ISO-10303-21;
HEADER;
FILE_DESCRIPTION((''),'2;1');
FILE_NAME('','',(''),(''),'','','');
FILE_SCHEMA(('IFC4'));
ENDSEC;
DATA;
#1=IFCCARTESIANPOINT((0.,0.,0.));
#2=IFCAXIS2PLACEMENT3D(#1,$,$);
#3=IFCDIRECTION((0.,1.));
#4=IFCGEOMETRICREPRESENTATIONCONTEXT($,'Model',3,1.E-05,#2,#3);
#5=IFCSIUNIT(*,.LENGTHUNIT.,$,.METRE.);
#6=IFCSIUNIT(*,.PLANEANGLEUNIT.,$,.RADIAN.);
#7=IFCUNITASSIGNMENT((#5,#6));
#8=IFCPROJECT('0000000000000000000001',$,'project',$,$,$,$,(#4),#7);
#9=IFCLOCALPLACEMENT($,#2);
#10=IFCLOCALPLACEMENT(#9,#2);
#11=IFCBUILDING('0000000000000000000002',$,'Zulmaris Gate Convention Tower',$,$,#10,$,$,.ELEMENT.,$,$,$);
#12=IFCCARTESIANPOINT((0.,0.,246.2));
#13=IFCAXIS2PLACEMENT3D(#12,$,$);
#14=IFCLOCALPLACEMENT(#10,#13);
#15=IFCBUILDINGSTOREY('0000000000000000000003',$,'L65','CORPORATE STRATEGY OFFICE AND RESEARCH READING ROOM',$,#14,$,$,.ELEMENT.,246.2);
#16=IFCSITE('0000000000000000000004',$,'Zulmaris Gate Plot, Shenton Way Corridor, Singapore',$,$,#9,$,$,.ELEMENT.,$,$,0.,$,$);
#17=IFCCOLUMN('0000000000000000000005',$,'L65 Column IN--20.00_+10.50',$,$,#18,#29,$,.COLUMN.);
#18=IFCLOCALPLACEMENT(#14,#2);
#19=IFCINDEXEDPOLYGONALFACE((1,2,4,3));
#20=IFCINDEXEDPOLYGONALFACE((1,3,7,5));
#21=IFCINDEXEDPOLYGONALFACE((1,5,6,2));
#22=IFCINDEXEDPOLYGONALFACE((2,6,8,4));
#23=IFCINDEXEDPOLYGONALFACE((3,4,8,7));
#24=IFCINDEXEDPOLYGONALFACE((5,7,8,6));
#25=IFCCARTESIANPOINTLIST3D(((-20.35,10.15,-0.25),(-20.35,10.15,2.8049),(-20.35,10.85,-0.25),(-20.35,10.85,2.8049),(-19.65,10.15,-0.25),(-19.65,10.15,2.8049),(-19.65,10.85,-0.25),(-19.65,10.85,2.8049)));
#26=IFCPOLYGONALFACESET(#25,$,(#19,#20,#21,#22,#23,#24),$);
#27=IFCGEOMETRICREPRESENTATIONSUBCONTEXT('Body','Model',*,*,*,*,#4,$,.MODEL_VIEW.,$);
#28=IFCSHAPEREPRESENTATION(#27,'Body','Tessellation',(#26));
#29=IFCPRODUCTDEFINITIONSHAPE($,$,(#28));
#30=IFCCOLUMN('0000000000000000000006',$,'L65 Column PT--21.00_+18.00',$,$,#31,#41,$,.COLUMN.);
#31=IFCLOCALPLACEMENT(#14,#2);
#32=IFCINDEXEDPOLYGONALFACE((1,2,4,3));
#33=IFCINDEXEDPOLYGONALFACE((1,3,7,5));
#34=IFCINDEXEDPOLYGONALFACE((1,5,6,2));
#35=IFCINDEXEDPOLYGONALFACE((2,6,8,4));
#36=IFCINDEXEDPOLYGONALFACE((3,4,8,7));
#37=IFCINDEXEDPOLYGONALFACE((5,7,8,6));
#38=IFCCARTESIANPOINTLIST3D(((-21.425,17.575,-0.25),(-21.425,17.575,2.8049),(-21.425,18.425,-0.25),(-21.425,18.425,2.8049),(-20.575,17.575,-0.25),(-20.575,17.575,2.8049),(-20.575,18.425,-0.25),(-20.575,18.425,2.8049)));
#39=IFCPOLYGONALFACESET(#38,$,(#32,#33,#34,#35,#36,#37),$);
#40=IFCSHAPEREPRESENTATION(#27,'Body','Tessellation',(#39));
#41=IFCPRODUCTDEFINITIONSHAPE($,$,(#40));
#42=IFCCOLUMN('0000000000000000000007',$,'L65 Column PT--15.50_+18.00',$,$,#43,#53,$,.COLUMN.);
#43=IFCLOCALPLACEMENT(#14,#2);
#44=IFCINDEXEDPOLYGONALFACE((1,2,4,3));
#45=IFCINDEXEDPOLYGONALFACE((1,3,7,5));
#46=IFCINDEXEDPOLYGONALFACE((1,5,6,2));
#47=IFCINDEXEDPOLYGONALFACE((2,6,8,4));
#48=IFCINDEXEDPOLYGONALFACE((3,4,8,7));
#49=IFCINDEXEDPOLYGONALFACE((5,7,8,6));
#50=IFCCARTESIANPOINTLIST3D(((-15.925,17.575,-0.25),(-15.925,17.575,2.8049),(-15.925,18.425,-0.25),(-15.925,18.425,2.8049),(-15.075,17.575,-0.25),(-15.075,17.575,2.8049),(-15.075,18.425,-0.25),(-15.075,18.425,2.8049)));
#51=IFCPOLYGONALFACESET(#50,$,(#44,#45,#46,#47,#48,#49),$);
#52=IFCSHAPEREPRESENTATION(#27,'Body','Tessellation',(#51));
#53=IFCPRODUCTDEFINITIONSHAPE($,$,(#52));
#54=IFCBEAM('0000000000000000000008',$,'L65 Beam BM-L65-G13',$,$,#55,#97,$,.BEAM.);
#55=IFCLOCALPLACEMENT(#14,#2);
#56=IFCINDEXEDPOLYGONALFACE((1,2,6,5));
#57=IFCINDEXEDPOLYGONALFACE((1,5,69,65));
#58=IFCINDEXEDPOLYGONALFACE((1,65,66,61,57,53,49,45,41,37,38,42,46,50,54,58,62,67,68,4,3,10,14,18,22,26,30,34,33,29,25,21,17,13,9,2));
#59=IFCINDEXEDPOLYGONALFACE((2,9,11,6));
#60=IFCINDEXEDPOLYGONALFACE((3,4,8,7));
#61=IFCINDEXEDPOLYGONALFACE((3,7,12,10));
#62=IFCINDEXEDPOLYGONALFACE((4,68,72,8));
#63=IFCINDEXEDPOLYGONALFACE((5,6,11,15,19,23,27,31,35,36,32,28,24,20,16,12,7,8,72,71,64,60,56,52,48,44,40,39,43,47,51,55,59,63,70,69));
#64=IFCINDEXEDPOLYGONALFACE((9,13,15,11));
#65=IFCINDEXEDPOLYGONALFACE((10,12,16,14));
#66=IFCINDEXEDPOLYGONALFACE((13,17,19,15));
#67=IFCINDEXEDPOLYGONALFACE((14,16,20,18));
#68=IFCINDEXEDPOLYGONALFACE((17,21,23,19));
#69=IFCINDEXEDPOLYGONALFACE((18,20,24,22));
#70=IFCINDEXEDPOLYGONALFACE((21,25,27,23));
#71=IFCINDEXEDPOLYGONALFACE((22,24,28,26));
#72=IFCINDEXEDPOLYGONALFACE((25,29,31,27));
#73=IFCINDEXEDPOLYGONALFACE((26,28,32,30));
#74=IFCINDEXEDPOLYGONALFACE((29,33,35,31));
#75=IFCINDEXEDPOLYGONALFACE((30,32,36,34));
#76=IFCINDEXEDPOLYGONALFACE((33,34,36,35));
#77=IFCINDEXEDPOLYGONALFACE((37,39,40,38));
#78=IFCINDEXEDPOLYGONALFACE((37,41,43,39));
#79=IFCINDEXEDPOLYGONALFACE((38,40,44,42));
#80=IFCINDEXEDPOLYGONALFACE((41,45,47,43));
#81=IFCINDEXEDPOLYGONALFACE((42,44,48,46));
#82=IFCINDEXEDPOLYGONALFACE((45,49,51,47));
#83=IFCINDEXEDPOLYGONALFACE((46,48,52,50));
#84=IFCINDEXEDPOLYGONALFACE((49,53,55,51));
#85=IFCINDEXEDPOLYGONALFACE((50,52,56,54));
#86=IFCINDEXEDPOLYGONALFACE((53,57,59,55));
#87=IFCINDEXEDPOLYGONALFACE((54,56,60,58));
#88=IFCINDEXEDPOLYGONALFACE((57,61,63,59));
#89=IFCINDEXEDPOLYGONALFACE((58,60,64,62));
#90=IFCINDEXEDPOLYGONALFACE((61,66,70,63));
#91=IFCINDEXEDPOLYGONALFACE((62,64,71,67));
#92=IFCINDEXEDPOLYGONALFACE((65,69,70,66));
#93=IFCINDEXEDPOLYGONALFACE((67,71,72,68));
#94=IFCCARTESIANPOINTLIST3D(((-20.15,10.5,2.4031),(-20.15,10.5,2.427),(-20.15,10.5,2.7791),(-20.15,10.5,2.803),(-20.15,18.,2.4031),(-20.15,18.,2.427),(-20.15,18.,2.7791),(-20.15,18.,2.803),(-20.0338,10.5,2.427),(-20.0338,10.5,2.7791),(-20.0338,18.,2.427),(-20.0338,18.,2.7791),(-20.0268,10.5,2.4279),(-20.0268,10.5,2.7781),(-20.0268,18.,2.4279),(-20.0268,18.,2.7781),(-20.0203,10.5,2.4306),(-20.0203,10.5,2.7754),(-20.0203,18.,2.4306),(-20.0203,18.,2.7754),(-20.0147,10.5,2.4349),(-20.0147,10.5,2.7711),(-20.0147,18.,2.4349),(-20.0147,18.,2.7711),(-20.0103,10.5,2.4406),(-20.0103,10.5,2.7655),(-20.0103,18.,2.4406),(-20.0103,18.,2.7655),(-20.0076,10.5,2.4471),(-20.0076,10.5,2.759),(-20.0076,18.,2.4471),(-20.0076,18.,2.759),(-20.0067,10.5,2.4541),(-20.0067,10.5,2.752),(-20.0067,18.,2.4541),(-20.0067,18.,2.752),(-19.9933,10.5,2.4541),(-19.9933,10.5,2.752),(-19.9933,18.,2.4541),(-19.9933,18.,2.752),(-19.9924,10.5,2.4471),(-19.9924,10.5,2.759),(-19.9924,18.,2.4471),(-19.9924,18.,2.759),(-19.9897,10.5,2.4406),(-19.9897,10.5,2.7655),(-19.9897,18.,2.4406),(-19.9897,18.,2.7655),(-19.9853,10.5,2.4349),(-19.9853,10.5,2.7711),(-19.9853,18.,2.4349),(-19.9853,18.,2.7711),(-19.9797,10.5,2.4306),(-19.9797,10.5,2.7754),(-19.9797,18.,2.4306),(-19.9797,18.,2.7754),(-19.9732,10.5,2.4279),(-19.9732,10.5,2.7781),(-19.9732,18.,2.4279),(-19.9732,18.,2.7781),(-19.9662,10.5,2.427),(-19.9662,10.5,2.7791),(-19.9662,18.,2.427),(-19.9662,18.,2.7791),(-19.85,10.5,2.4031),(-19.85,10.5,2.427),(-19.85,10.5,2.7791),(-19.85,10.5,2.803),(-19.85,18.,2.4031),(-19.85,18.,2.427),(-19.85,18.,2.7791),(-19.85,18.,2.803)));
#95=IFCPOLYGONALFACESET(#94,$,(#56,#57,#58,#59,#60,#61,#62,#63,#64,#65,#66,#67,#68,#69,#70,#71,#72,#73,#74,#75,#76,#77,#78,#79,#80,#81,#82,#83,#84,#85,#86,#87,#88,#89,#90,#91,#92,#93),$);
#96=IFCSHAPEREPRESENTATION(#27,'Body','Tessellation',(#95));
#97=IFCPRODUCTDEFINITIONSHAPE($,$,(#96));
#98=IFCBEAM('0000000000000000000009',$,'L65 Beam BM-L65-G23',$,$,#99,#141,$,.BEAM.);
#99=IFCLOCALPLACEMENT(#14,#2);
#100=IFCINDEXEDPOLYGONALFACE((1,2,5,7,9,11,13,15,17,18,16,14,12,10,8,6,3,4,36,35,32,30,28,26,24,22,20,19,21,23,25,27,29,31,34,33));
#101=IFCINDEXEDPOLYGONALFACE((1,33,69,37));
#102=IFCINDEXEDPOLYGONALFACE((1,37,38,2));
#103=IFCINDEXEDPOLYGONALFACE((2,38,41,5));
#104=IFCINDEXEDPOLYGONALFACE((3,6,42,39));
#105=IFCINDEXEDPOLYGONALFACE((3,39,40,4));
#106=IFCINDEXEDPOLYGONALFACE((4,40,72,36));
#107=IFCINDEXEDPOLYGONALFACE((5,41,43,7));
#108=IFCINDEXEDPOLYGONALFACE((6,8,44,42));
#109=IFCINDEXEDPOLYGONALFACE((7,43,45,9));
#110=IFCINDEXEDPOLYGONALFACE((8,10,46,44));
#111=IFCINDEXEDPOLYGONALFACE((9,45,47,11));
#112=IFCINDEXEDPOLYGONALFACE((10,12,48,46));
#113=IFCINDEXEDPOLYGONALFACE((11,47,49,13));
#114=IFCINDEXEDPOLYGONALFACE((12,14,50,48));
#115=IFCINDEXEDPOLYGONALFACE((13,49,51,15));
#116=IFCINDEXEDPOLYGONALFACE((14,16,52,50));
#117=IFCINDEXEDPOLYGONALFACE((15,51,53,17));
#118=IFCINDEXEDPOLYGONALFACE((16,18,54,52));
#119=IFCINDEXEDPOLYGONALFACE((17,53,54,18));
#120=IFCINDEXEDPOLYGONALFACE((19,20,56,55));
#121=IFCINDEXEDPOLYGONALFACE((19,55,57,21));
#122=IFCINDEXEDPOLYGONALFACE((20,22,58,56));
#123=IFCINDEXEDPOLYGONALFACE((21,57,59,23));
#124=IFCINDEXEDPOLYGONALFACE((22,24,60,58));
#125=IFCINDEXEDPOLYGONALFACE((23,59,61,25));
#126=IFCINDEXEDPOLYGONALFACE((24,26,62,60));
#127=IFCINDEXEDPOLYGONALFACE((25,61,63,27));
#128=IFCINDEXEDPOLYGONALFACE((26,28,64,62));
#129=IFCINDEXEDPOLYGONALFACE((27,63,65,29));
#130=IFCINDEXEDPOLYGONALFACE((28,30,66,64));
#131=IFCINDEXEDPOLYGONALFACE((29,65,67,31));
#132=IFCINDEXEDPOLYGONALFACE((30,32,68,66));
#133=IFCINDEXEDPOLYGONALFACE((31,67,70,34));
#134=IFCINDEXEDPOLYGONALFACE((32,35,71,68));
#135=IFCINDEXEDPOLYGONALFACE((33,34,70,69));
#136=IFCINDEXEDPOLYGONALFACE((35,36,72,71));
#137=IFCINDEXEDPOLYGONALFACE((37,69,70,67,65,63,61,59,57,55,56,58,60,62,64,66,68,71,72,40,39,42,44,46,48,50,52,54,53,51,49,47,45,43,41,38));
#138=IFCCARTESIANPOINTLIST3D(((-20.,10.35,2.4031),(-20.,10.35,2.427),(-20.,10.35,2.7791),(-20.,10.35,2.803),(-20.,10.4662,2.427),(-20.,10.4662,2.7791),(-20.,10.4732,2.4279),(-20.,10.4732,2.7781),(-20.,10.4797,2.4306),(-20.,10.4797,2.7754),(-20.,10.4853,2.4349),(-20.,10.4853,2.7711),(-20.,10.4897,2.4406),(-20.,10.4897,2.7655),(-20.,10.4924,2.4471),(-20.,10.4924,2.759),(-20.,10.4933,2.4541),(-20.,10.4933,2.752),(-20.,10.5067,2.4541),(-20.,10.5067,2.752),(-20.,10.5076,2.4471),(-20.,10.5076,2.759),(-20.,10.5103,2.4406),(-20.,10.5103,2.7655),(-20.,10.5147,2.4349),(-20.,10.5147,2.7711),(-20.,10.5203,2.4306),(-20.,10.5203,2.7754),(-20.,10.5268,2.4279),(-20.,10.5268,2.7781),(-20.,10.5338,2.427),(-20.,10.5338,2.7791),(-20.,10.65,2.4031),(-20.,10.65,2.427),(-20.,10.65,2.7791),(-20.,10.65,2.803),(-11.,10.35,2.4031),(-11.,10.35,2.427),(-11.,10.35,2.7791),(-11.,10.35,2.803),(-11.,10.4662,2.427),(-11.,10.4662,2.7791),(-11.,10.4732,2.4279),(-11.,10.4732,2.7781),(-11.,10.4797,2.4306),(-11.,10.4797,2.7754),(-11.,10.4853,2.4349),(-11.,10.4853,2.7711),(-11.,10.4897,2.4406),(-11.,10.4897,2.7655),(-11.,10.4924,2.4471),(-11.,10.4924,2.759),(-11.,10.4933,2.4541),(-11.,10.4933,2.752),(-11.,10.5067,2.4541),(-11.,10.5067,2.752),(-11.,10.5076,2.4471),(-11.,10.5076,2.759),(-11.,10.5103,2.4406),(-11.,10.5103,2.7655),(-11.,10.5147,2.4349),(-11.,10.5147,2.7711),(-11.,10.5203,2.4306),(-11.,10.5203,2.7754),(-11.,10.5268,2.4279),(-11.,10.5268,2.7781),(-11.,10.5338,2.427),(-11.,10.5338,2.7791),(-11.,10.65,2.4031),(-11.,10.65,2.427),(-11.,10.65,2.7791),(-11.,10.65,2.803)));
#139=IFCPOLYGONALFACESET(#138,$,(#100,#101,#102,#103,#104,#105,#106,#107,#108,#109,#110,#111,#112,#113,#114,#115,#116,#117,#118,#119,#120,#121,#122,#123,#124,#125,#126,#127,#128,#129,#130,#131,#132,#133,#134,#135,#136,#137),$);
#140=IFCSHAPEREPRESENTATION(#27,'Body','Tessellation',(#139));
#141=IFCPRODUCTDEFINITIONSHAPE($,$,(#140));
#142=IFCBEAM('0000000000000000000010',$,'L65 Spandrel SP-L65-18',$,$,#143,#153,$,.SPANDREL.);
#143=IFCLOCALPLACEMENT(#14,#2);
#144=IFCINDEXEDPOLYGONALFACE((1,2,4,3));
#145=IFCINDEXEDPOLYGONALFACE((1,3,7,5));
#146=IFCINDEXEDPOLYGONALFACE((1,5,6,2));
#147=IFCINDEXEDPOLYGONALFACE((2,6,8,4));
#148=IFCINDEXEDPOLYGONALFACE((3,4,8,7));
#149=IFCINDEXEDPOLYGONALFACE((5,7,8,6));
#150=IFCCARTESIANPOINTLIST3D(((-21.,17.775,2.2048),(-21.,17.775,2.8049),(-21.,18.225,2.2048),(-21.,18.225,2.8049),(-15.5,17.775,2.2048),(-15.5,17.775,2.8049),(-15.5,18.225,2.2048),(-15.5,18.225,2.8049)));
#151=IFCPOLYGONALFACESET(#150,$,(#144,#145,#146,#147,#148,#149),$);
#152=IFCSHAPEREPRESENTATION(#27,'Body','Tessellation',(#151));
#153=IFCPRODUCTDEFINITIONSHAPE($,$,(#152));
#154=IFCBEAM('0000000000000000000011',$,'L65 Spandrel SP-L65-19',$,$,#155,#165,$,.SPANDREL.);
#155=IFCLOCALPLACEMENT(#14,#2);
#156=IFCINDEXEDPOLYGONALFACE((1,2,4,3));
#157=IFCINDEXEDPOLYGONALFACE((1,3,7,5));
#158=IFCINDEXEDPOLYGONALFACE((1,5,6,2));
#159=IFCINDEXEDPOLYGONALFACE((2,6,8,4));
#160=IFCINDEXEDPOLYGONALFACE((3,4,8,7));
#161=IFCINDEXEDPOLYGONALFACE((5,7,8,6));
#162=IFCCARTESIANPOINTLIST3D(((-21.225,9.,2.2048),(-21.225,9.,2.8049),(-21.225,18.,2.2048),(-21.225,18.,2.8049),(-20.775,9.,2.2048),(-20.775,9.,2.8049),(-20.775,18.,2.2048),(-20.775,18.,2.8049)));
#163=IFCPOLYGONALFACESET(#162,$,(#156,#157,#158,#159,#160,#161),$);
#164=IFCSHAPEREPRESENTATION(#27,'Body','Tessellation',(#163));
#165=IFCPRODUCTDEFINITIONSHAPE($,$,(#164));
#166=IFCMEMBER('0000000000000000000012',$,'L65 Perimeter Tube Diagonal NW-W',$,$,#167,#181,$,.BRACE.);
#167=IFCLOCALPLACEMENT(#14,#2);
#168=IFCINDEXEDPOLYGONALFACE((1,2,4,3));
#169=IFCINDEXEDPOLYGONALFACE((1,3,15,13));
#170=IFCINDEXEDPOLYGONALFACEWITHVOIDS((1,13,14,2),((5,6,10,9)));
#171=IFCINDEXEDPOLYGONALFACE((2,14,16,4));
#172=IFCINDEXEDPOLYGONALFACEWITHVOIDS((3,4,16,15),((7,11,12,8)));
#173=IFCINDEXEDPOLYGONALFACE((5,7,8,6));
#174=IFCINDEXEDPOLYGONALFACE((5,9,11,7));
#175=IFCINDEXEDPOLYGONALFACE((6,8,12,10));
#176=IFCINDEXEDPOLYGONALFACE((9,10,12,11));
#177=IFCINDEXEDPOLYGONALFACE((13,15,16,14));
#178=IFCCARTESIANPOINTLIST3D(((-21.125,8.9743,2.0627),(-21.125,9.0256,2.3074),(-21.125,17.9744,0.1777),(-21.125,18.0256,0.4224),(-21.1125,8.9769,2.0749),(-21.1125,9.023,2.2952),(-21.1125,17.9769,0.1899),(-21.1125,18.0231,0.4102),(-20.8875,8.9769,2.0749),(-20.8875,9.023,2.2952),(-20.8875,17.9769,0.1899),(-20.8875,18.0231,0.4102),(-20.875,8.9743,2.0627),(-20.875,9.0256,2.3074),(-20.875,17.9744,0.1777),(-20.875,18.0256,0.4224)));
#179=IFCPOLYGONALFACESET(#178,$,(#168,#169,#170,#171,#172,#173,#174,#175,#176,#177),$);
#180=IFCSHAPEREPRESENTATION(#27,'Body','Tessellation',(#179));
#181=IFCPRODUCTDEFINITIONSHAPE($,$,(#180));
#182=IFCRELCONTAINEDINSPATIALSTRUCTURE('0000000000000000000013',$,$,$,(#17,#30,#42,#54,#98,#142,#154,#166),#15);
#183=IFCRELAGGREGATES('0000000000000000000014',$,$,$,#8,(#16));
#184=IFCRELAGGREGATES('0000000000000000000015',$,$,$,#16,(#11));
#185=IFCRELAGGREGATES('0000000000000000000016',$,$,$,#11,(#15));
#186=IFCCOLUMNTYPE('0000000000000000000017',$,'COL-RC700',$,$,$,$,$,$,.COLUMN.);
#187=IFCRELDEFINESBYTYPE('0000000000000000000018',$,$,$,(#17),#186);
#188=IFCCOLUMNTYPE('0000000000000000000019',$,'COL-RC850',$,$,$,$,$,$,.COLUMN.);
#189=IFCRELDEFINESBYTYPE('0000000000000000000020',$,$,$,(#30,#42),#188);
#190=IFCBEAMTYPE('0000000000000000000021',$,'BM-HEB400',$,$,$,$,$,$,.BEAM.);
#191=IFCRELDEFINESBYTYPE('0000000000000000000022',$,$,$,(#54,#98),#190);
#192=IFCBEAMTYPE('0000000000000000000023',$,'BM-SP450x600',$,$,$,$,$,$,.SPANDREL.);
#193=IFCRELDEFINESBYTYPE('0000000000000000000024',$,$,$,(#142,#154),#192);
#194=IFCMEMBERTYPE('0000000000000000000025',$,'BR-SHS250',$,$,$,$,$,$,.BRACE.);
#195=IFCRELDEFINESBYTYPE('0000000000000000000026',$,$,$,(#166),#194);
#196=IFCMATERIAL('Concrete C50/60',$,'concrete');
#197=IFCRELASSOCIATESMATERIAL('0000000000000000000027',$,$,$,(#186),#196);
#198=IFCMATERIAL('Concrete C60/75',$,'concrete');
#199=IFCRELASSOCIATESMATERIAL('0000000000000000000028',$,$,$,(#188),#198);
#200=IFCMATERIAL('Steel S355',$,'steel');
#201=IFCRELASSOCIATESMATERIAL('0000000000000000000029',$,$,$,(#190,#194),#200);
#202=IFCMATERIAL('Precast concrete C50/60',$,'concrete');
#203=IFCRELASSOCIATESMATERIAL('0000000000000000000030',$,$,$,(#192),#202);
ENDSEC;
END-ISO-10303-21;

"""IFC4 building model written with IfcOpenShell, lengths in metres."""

from ifc_helpers import new_model, si_unit, direction, frame, origin, origin_2d, place, context, subcontext, project, spatial, rectangle, hollow_rectangle, i_section, extrude, material, material_profile, profile_set, type_object, element, save


model = new_model("IFC4")

# Units and contexts
model_context = context("Model", 3, precision=1e-05, world=origin(), true_north=direction((0.0, 1.0)))
body_context = subcontext(model_context, "Body", "Model", "MODEL_VIEW")
ifc_project = project(units=[si_unit("LENGTHUNIT", "METRE"), si_unit("PLANEANGLEUNIT", "RADIAN")], contexts=[model_context])

# Site, building, storey
site_placement = place(None, origin())
site = spatial("IfcSite", under=ifc_project, at=site_placement, Name="Zulmaris Gate Plot, Shenton Way Corridor, Singapore", CompositionType="ELEMENT", RefElevation=0.0)
building_placement = place(site_placement, origin())
building = spatial("IfcBuilding", under=site, at=building_placement, Name="Zulmaris Gate Convention Tower", CompositionType="ELEMENT")
storey_placement = place(building_placement, frame((0.0, 0.0, 246.2)))
storey = spatial("IfcBuildingStorey", under=building, at=storey_placement, Name="L65", Description="CORPORATE STRATEGY OFFICE AND RESEARCH READING ROOM", CompositionType="ELEMENT", Elevation=246.2)

# Columns
ifc_material_1 = material(Name="Concrete C50/60", Category="concrete")
ifc_material_profile_1 = material_profile(ifc_material_1, rectangle(XDim=0.7, YDim=0.7, at=origin_2d()), Name="RC COL 700x700")
ifc_profile_set_1 = profile_set([ifc_material_profile_1], Name="Concrete C50/60")
column_type_1 = type_object("IfcColumnType", Name="COL-RC700", PredefinedType="COLUMN", material=ifc_profile_set_1)
column_placement = place(storey_placement, frame((-20.0, 10.5, -0.25), z_axis=(0.0, 0.0, 1.0), x_axis=(1.0, 0.0, 0.0)))
element("IfcColumn", 1, at=column_placement, inside=storey, type_object=column_type_1, Name="L65 Column IN--20.00_+10.50", PredefinedType="COLUMN", context=body_context, shape_type="SweptSolid", body=[
    extrude(rectangle(XDim=0.7, YDim=0.7, at=origin_2d()), origin(), (0.0, 0.0, 1.0), 3.0549),
])
ifc_material_2 = material(Name="Concrete C60/75", Category="concrete")
ifc_material_profile_2 = material_profile(ifc_material_2, rectangle(XDim=0.8501, YDim=0.8501, at=origin_2d()), Name="RC COL 850x850")
ifc_profile_set_2 = profile_set([ifc_material_profile_2], Name="Concrete C60/75")
column_type_2 = type_object("IfcColumnType", Name="COL-RC850", PredefinedType="COLUMN", material=ifc_profile_set_2)
for number, where, z_axis, x_axis, name in (
    (2, (-21.0, 18.0, -0.25), (0.0, 0.0, 1.0), (1.0, 0.0, 0.0), "L65 Column PT--21.00_+18.00"),
    (3, (-15.5, 18.0, -0.25), (0.0, 0.0, 1.0), (1.0, 0.0, 0.0), "L65 Column PT--15.50_+18.00"),
):
    element("IfcColumn", number, at=place(storey_placement, frame(where, z_axis=z_axis, x_axis=x_axis)), inside=storey, type_object=column_type_2, Name=name, PredefinedType="COLUMN", context=body_context, shape_type="SweptSolid", body=[
        extrude(rectangle(XDim=0.8501, YDim=0.8501, at=origin_2d()), origin(), (0.0, 0.0, 1.0), 3.0549),
    ])

# Beams
ifc_material_3 = material(Name="Steel S355", Category="steel")
ifc_material_profile_3 = material_profile(ifc_material_3, i_section(OverallWidth=0.3, OverallDepth=0.3999, WebThickness=0.0134, FlangeThickness=0.0239, FilletRadius=0.0271, at=origin_2d()), Name="HEB 400")
ifc_profile_set_3 = profile_set([ifc_material_profile_3], Name="Steel S355")
beam_type_1 = type_object("IfcBeamType", Name="BM-HEB400", PredefinedType="BEAM", material=ifc_profile_set_3)
beam_1_placement = place(storey_placement, frame((-20.0, 10.5, 2.603), z_axis=(0.0, 1.0, 0.0), x_axis=(-1.0, 0.0, 0.0)))
element("IfcBeam", 4, at=beam_1_placement, inside=storey, type_object=beam_type_1, Name="L65 Beam BM-L65-G13", PredefinedType="BEAM", context=body_context, shape_type="SweptSolid", body=[
    extrude(i_section(OverallWidth=0.3, OverallDepth=0.3999, WebThickness=0.0134, FlangeThickness=0.0239, FilletRadius=0.0271, at=origin_2d()), origin(), (0.0, 0.0, 1.0), 7.5),
])
beam_2_placement = place(storey_placement, frame((-20.0, 10.5, 2.603), z_axis=(1.0, 0.0, 0.0), x_axis=(0.0, 1.0, 0.0)))
element("IfcBeam", 5, at=beam_2_placement, inside=storey, type_object=beam_type_1, Name="L65 Beam BM-L65-G23", PredefinedType="BEAM", context=body_context, shape_type="SweptSolid", body=[
    extrude(i_section(OverallWidth=0.3, OverallDepth=0.3999, WebThickness=0.0134, FlangeThickness=0.0239, FilletRadius=0.0271, at=origin_2d()), origin(), (0.0, 0.0, 1.0), 9.0),
])
ifc_material_4 = material(Name="Precast concrete C50/60", Category="concrete")
ifc_material_profile_4 = material_profile(ifc_material_4, rectangle(XDim=0.45, YDim=0.6001, at=origin_2d()), Name="RC SPANDREL 450x600")
ifc_profile_set_4 = profile_set([ifc_material_profile_4], Name="Precast concrete C50/60")
beam_type_2 = type_object("IfcBeamType", Name="BM-SP450x600", PredefinedType="SPANDREL", material=ifc_profile_set_4)
beam_3_placement = place(storey_placement, frame((-15.5, 18.0, 2.5049), z_axis=(-1.0, 0.0, 0.0), x_axis=(0.0, -1.0, 0.0)))
element("IfcBeam", 6, at=beam_3_placement, inside=storey, type_object=beam_type_2, Name="L65 Spandrel SP-L65-18", PredefinedType="SPANDREL", context=body_context, shape_type="SweptSolid", body=[
    extrude(rectangle(XDim=0.45, YDim=0.6001, at=origin_2d()), origin(), (0.0, 0.0, 1.0), 5.5),
])
beam_4_placement = place(storey_placement, frame((-21.0, 18.0, 2.5049), z_axis=(0.0, -1.0, 0.0), x_axis=(1.0, 0.0, 0.0)))
element("IfcBeam", 7, at=beam_4_placement, inside=storey, type_object=beam_type_2, Name="L65 Spandrel SP-L65-19", PredefinedType="SPANDREL", context=body_context, shape_type="SweptSolid", body=[
    extrude(rectangle(XDim=0.45, YDim=0.6001, at=origin_2d()), origin(), (0.0, 0.0, 1.0), 9.0),
])

# Member
ifc_material_profile_5 = material_profile(ifc_material_3, hollow_rectangle(XDim=0.25, YDim=0.25, WallThickness=0.0125, at=origin_2d()), Name="SHS 250x250x12.5")
ifc_profile_set_5 = profile_set([ifc_material_profile_5], Name="Steel S355")
member_type = type_object("IfcMemberType", Name="BR-SHS250", PredefinedType="BRACE", material=ifc_profile_set_5)
member_placement = place(storey_placement, frame((-21.0, 18.0, 0.3), z_axis=(0.0, -0.978763, 0.204997), x_axis=(1.0, 0.0, 0.0)))
element("IfcMember", 8, at=member_placement, inside=storey, type_object=member_type, Name="L65 Perimeter Tube Diagonal NW-W", PredefinedType="BRACE", context=body_context, shape_type="SweptSolid", body=[
    extrude(hollow_rectangle(XDim=0.25, YDim=0.25, WallThickness=0.0125, at=origin_2d()), origin(), (0.0, 0.0, 1.0), 9.1953),
])

save(model, "model.ifc")
